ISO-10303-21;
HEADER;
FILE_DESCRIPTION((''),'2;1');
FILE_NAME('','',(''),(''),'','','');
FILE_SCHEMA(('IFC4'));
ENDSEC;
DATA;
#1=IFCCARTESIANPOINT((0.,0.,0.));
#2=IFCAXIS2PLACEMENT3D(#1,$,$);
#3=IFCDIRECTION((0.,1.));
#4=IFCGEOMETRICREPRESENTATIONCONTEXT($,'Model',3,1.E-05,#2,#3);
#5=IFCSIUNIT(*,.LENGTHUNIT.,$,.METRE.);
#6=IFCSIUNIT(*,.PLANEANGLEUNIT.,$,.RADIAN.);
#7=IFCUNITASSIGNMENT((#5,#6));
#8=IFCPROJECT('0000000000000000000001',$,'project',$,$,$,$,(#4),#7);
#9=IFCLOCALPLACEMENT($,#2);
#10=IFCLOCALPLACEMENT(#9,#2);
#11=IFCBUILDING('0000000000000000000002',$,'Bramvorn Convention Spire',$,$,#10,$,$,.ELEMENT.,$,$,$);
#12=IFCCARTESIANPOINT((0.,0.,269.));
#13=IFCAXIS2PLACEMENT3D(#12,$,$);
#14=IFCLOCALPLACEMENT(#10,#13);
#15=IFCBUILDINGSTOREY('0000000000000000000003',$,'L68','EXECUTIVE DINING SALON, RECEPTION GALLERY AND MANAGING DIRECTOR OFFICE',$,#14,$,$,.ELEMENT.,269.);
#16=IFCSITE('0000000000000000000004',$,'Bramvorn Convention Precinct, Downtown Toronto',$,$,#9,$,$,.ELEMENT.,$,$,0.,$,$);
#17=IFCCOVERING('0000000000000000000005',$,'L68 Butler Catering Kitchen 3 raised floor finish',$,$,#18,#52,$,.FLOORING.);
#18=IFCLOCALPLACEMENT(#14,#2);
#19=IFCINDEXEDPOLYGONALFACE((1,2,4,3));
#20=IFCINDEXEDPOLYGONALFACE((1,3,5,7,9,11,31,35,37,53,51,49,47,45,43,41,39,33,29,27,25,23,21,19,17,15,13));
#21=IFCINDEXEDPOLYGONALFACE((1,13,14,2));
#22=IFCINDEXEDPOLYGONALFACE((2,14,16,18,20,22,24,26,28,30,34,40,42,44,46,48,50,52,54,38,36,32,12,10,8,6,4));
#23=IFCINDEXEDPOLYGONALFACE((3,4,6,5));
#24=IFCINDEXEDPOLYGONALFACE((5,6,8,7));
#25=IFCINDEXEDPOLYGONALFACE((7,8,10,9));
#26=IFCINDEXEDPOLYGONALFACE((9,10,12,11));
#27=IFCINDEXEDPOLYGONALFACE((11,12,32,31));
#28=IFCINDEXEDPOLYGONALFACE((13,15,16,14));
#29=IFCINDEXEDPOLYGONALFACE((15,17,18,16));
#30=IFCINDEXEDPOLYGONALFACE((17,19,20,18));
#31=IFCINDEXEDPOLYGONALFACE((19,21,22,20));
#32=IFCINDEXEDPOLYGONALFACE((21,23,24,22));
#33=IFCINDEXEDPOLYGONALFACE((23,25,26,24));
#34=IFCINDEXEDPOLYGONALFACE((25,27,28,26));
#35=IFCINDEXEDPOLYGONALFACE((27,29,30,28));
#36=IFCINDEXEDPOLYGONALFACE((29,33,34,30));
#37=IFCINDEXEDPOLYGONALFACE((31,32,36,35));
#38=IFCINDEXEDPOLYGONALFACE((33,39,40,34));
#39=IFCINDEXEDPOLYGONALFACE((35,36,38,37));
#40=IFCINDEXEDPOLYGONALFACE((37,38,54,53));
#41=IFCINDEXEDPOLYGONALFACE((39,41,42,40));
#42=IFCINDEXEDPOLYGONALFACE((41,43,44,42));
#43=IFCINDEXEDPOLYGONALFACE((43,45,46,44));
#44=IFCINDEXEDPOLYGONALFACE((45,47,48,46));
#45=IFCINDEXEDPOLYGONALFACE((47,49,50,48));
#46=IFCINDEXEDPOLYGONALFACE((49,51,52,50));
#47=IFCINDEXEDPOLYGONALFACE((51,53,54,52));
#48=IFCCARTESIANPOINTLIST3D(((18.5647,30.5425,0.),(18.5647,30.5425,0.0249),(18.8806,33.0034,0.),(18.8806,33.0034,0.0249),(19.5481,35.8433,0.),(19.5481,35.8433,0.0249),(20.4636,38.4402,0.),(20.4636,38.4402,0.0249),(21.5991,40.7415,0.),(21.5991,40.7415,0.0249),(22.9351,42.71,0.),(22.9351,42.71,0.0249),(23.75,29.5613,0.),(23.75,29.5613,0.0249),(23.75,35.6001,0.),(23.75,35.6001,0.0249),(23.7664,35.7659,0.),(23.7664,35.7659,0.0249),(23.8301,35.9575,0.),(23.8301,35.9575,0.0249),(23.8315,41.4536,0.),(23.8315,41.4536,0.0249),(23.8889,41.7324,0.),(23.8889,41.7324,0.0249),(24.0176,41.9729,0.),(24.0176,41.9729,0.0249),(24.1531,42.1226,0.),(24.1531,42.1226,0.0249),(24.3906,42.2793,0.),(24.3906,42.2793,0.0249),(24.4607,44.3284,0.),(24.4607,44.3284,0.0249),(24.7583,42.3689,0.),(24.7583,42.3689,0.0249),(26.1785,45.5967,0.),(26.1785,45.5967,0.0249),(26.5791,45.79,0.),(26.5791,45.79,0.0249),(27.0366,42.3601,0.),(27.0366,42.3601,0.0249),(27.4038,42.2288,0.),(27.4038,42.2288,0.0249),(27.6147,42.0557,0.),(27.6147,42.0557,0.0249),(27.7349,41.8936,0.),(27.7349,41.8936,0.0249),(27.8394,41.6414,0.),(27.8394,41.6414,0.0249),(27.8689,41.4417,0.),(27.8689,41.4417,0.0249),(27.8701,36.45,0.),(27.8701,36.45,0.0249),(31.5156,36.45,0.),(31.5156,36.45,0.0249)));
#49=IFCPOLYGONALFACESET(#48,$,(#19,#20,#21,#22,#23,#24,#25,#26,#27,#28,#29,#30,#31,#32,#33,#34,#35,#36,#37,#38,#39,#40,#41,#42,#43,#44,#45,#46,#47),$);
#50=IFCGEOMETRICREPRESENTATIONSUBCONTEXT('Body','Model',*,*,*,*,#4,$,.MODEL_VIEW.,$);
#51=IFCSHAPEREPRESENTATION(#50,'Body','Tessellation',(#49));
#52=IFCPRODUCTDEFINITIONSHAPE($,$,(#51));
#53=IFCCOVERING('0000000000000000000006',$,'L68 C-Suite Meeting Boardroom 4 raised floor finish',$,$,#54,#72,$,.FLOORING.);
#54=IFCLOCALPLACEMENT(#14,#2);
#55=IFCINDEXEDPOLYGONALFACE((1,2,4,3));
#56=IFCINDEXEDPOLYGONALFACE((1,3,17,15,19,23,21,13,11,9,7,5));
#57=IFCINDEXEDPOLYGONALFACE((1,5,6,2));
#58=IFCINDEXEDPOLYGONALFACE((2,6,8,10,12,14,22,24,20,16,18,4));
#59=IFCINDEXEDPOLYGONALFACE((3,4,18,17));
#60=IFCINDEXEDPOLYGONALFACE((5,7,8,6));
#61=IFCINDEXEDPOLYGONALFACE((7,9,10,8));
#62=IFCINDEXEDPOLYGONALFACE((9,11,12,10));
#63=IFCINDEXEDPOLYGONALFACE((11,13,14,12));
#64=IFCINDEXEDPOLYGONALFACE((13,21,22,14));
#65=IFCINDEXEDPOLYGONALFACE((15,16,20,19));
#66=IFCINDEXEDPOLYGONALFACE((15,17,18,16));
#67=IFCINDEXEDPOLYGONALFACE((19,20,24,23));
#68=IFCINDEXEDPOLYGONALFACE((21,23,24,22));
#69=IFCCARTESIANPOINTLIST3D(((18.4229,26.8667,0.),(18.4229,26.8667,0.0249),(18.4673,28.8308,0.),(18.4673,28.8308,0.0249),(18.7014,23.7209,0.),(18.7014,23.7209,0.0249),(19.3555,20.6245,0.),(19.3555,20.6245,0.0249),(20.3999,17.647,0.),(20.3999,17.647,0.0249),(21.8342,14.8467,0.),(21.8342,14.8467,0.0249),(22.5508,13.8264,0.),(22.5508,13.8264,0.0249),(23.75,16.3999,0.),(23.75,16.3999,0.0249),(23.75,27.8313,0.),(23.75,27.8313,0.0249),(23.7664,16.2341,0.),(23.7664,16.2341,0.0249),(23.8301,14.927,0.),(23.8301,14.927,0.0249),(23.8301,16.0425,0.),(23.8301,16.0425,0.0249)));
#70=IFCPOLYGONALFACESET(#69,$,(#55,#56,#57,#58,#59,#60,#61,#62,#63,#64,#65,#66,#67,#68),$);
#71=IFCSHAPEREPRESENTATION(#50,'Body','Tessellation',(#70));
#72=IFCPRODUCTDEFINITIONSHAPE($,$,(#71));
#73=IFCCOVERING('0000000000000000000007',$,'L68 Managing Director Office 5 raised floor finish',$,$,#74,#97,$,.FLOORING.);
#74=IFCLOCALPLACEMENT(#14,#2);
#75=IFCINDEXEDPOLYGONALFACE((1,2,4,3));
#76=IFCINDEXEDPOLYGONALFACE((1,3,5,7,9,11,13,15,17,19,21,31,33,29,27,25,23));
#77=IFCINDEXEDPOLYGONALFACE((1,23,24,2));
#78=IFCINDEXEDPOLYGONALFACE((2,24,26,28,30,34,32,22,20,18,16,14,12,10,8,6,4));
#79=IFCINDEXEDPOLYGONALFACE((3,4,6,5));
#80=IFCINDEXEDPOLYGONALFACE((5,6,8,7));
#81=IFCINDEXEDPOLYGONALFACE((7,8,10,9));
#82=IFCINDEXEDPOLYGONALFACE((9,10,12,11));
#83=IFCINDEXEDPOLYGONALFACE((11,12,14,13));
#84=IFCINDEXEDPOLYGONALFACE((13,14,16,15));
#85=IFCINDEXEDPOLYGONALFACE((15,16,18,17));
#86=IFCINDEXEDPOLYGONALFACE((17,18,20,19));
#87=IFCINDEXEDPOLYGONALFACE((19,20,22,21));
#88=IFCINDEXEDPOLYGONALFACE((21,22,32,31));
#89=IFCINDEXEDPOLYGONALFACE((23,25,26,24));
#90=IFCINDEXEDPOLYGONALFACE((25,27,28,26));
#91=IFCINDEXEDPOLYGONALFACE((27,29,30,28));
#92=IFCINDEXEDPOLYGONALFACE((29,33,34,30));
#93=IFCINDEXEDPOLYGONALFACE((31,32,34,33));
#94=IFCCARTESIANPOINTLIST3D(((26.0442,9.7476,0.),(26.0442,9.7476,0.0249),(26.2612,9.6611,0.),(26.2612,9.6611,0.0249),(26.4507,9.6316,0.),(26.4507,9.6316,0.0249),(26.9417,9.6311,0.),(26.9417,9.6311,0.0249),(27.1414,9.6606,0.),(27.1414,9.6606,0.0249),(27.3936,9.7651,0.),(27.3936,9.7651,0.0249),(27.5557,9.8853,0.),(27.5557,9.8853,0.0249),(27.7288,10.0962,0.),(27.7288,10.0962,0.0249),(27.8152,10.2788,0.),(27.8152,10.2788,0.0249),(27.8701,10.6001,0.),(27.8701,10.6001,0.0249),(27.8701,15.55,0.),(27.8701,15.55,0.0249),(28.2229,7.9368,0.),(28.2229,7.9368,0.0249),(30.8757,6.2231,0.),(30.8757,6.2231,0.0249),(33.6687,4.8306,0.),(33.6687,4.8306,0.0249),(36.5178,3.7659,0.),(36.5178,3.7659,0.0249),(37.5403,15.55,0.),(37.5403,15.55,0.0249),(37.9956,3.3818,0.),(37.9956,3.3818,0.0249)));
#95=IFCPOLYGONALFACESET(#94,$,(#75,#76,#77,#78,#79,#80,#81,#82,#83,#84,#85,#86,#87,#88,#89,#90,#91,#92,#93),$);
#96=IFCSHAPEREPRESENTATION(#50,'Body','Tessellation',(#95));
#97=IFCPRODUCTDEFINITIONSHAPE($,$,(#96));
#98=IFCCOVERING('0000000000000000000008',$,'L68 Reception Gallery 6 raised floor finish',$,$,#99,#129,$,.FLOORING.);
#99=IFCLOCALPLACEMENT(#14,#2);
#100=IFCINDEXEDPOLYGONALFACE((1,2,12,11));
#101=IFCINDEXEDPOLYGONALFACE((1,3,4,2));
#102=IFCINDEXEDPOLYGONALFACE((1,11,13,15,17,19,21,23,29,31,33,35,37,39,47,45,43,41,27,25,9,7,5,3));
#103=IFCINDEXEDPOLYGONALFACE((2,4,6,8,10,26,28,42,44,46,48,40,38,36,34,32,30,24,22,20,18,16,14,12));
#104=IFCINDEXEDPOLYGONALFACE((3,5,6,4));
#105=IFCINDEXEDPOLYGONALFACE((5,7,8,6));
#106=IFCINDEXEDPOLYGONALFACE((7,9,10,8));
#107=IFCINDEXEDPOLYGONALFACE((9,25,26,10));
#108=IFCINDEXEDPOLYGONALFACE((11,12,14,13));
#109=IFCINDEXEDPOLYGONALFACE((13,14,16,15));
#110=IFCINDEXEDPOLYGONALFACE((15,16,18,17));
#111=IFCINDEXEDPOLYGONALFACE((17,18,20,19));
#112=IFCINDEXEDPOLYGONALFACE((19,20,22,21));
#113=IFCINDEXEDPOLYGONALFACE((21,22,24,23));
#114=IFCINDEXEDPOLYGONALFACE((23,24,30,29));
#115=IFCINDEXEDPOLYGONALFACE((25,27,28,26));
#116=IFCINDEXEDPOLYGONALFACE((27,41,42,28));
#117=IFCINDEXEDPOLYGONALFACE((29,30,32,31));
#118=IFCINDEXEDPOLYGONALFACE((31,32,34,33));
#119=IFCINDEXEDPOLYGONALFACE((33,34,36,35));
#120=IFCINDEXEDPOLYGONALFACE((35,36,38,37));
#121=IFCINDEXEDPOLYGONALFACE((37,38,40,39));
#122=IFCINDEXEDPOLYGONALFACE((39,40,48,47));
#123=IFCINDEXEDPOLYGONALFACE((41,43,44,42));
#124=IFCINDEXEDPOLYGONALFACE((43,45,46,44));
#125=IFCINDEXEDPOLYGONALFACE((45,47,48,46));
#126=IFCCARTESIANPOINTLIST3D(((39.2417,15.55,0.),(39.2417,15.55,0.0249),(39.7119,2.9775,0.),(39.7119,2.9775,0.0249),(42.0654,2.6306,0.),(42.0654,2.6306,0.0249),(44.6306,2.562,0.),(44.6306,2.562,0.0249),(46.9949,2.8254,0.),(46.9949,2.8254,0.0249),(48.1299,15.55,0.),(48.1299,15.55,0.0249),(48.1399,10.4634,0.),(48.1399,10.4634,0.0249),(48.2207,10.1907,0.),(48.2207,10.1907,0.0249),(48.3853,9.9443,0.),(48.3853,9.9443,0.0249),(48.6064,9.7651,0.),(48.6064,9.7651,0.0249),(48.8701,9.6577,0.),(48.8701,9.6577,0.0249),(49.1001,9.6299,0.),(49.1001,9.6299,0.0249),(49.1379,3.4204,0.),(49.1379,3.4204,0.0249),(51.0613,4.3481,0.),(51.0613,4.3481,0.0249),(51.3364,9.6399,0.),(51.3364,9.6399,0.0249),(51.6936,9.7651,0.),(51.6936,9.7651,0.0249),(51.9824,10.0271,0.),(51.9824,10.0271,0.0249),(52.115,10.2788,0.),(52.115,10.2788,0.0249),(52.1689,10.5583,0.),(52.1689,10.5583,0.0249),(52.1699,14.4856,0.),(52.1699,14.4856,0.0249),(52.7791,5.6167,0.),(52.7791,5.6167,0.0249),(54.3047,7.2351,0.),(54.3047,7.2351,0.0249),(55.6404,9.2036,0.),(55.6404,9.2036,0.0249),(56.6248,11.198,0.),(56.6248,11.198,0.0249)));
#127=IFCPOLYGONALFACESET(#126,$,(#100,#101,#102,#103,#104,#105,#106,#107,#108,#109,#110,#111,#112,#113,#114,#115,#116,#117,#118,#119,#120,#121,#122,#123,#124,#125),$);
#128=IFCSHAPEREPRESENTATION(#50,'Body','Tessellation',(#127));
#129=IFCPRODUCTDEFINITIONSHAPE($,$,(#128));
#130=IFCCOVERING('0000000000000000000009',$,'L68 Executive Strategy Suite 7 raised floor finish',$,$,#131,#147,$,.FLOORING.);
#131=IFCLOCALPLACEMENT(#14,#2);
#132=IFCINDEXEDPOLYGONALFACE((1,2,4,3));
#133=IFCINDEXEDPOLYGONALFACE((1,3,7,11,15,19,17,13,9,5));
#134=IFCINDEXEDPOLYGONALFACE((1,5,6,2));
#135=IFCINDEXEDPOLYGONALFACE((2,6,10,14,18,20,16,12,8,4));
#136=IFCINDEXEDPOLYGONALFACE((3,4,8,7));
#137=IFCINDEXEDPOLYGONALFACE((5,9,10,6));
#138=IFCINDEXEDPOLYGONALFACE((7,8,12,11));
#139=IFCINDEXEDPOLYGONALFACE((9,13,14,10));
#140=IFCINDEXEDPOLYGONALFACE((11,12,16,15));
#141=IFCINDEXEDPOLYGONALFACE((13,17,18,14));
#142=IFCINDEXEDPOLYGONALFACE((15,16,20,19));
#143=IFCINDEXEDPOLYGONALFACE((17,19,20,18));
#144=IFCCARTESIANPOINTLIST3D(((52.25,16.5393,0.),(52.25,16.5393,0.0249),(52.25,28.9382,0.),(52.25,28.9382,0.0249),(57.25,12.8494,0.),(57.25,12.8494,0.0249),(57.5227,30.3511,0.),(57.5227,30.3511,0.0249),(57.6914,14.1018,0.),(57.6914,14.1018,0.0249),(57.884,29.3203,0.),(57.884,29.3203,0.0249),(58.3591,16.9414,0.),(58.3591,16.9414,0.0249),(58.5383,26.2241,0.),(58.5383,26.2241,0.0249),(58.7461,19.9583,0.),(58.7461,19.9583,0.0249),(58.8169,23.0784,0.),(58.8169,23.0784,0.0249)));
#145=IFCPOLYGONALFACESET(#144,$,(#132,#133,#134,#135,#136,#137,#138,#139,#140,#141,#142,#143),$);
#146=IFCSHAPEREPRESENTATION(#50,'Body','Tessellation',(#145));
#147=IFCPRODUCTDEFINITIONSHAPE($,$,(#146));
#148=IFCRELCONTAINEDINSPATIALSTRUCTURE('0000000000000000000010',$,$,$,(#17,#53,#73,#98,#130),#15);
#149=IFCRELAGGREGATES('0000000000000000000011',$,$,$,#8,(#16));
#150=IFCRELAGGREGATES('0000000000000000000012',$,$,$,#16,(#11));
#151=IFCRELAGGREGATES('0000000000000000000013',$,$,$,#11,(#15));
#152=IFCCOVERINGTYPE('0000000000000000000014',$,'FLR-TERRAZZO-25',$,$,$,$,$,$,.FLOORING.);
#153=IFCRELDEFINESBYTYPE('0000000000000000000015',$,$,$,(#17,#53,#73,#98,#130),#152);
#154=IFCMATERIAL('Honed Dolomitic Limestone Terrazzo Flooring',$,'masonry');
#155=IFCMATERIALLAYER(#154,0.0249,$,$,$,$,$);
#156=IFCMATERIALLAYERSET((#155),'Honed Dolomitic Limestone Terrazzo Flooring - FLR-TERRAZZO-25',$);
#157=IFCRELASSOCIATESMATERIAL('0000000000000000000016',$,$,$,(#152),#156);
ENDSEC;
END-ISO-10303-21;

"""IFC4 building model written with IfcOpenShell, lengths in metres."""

from ifc_helpers import new_model, si_unit, direction, frame, origin, place, context, subcontext, project, spatial, polyline, outline, extrude, material, layer, layer_set, type_object, element, save


model = new_model("IFC4")

# Units and contexts
model_context = context("Model", 3, precision=1e-05, world=origin(), true_north=direction((0.0, 1.0)))
body_context = subcontext(model_context, "Body", "Model", "MODEL_VIEW")
ifc_project = project(units=[si_unit("LENGTHUNIT", "METRE"), si_unit("PLANEANGLEUNIT", "RADIAN")], contexts=[model_context])

# Site, building, storey
site_placement = place(None, origin())
site = spatial("IfcSite", under=ifc_project, at=site_placement, Name="Bramvorn Convention Precinct, Downtown Toronto", CompositionType="ELEMENT", RefElevation=0.0)
building_placement = place(site_placement, origin())
building = spatial("IfcBuilding", under=site, at=building_placement, Name="Bramvorn Convention Spire", CompositionType="ELEMENT")
storey_placement = place(building_placement, frame((0.0, 0.0, 269.0)))
storey = spatial("IfcBuildingStorey", under=building, at=storey_placement, Name="L68", Description="EXECUTIVE DINING SALON, RECEPTION GALLERY AND MANAGING DIRECTOR OFFICE", CompositionType="ELEMENT", Elevation=269.0)

# Coverings
ifc_material_1 = material(Name="Honed Dolomitic Limestone Terrazzo Flooring", Category="masonry")
ifc_layer_1 = layer(ifc_material_1, 0.0249)
ifc_layer_set_1 = layer_set([ifc_layer_1], Name="Honed Dolomitic Limestone Terrazzo Flooring - FLR-TERRAZZO-25")
covering_type = type_object("IfcCoveringType", Name="FLR-TERRAZZO-25", PredefinedType="FLOORING", material=ifc_layer_set_1)
covering_1_placement = place(storey_placement, origin())
element("IfcCovering", 1, at=covering_1_placement, inside=storey, type_object=covering_type, Name="L68 Butler Catering Kitchen 3 raised floor finish", PredefinedType="FLOORING", context=body_context, shape_type="SweptSolid", body=[
    extrude(outline(polyline([(23.75, 29.5613), (23.75, 35.6001), (23.7664, 35.7659), (23.8301, 35.9575), (23.8315, 41.4536), (23.8889, 41.7324), (24.0176, 41.9729), (24.1531, 42.1226), (24.3906, 42.2793), (24.7583, 42.3689), (27.0366, 42.3601), (27.4038, 42.2288), (27.6147, 42.0557), (27.7349, 41.8936), (27.8394, 41.6414), (27.8689, 41.4417), (27.8701, 36.45), (31.5156, 36.45), (26.5791, 45.79), (26.1785, 45.5967), (24.4607, 44.3284), (22.9351, 42.71), (21.5991, 40.7415), (20.4636, 38.4402), (19.5481, 35.8433), (18.8806, 33.0034), (18.5647, 30.5425), (23.75, 29.5613)])), origin(), (0.0, 0.0, 1.0), 0.0249),
])
covering_2_placement = place(storey_placement, origin())
element("IfcCovering", 2, at=covering_2_placement, inside=storey, type_object=covering_type, Name="L68 C-Suite Meeting Boardroom 4 raised floor finish", PredefinedType="FLOORING", context=body_context, shape_type="SweptSolid", body=[
    extrude(outline(polyline([(21.8342, 14.8467), (22.5508, 13.8264), (23.8301, 14.927), (23.8301, 16.0425), (23.7664, 16.2341), (23.75, 16.3999), (23.75, 27.8313), (18.4673, 28.8308), (18.4229, 26.8667), (18.7014, 23.7209), (19.3555, 20.6245), (20.3999, 17.647), (21.8342, 14.8467)])), origin(), (0.0, 0.0, 1.0), 0.0249),
])
covering_3_placement = place(storey_placement, origin())
element("IfcCovering", 3, at=covering_3_placement, inside=storey, type_object=covering_type, Name="L68 Managing Director Office 5 raised floor finish", PredefinedType="FLOORING", context=body_context, shape_type="SweptSolid", body=[
    extrude(outline(polyline([(28.2229, 7.9368), (30.8757, 6.2231), (33.6687, 4.8306), (36.5178, 3.7659), (37.9956, 3.3818), (37.5403, 15.55), (27.8701, 15.55), (27.8701, 10.6001), (27.8152, 10.2788), (27.7288, 10.0962), (27.5557, 9.8853), (27.3936, 9.7651), (27.1414, 9.6606), (26.9417, 9.6311), (26.4507, 9.6316), (26.2612, 9.6611), (26.0442, 9.7476), (28.2229, 7.9368)])), origin(), (0.0, 0.0, 1.0), 0.0249),
])
covering_4_placement = place(storey_placement, origin())
element("IfcCovering", 4, at=covering_4_placement, inside=storey, type_object=covering_type, Name="L68 Reception Gallery 6 raised floor finish", PredefinedType="FLOORING", context=body_context, shape_type="SweptSolid", body=[
    extrude(outline(polyline([(42.0654, 2.6306), (44.6306, 2.562), (46.9949, 2.8254), (49.1379, 3.4204), (51.0613, 4.3481), (52.7791, 5.6167), (54.3047, 7.2351), (55.6404, 9.2036), (56.6248, 11.198), (52.1699, 14.4856), (52.1689, 10.5583), (52.115, 10.2788), (51.9824, 10.0271), (51.6936, 9.7651), (51.3364, 9.6399), (49.1001, 9.6299), (48.8701, 9.6577), (48.6064, 9.7651), (48.3853, 9.9443), (48.2207, 10.1907), (48.1399, 10.4634), (48.1299, 15.55), (39.2417, 15.55), (39.7119, 2.9775), (42.0654, 2.6306)])), origin(), (0.0, 0.0, 1.0), 0.0249),
])
covering_5_placement = place(storey_placement, origin())
element("IfcCovering", 5, at=covering_5_placement, inside=storey, type_object=covering_type, Name="L68 Executive Strategy Suite 7 raised floor finish", PredefinedType="FLOORING", context=body_context, shape_type="SweptSolid", body=[
    extrude(outline(polyline([(57.25, 12.8494), (57.6914, 14.1018), (58.3591, 16.9414), (58.7461, 19.9583), (58.8169, 23.0784), (58.5383, 26.2241), (57.884, 29.3203), (57.5227, 30.3511), (52.25, 28.9382), (52.25, 16.5393), (57.25, 12.8494)])), origin(), (0.0, 0.0, 1.0), 0.0249),
])

save(model, "model.ifc")
